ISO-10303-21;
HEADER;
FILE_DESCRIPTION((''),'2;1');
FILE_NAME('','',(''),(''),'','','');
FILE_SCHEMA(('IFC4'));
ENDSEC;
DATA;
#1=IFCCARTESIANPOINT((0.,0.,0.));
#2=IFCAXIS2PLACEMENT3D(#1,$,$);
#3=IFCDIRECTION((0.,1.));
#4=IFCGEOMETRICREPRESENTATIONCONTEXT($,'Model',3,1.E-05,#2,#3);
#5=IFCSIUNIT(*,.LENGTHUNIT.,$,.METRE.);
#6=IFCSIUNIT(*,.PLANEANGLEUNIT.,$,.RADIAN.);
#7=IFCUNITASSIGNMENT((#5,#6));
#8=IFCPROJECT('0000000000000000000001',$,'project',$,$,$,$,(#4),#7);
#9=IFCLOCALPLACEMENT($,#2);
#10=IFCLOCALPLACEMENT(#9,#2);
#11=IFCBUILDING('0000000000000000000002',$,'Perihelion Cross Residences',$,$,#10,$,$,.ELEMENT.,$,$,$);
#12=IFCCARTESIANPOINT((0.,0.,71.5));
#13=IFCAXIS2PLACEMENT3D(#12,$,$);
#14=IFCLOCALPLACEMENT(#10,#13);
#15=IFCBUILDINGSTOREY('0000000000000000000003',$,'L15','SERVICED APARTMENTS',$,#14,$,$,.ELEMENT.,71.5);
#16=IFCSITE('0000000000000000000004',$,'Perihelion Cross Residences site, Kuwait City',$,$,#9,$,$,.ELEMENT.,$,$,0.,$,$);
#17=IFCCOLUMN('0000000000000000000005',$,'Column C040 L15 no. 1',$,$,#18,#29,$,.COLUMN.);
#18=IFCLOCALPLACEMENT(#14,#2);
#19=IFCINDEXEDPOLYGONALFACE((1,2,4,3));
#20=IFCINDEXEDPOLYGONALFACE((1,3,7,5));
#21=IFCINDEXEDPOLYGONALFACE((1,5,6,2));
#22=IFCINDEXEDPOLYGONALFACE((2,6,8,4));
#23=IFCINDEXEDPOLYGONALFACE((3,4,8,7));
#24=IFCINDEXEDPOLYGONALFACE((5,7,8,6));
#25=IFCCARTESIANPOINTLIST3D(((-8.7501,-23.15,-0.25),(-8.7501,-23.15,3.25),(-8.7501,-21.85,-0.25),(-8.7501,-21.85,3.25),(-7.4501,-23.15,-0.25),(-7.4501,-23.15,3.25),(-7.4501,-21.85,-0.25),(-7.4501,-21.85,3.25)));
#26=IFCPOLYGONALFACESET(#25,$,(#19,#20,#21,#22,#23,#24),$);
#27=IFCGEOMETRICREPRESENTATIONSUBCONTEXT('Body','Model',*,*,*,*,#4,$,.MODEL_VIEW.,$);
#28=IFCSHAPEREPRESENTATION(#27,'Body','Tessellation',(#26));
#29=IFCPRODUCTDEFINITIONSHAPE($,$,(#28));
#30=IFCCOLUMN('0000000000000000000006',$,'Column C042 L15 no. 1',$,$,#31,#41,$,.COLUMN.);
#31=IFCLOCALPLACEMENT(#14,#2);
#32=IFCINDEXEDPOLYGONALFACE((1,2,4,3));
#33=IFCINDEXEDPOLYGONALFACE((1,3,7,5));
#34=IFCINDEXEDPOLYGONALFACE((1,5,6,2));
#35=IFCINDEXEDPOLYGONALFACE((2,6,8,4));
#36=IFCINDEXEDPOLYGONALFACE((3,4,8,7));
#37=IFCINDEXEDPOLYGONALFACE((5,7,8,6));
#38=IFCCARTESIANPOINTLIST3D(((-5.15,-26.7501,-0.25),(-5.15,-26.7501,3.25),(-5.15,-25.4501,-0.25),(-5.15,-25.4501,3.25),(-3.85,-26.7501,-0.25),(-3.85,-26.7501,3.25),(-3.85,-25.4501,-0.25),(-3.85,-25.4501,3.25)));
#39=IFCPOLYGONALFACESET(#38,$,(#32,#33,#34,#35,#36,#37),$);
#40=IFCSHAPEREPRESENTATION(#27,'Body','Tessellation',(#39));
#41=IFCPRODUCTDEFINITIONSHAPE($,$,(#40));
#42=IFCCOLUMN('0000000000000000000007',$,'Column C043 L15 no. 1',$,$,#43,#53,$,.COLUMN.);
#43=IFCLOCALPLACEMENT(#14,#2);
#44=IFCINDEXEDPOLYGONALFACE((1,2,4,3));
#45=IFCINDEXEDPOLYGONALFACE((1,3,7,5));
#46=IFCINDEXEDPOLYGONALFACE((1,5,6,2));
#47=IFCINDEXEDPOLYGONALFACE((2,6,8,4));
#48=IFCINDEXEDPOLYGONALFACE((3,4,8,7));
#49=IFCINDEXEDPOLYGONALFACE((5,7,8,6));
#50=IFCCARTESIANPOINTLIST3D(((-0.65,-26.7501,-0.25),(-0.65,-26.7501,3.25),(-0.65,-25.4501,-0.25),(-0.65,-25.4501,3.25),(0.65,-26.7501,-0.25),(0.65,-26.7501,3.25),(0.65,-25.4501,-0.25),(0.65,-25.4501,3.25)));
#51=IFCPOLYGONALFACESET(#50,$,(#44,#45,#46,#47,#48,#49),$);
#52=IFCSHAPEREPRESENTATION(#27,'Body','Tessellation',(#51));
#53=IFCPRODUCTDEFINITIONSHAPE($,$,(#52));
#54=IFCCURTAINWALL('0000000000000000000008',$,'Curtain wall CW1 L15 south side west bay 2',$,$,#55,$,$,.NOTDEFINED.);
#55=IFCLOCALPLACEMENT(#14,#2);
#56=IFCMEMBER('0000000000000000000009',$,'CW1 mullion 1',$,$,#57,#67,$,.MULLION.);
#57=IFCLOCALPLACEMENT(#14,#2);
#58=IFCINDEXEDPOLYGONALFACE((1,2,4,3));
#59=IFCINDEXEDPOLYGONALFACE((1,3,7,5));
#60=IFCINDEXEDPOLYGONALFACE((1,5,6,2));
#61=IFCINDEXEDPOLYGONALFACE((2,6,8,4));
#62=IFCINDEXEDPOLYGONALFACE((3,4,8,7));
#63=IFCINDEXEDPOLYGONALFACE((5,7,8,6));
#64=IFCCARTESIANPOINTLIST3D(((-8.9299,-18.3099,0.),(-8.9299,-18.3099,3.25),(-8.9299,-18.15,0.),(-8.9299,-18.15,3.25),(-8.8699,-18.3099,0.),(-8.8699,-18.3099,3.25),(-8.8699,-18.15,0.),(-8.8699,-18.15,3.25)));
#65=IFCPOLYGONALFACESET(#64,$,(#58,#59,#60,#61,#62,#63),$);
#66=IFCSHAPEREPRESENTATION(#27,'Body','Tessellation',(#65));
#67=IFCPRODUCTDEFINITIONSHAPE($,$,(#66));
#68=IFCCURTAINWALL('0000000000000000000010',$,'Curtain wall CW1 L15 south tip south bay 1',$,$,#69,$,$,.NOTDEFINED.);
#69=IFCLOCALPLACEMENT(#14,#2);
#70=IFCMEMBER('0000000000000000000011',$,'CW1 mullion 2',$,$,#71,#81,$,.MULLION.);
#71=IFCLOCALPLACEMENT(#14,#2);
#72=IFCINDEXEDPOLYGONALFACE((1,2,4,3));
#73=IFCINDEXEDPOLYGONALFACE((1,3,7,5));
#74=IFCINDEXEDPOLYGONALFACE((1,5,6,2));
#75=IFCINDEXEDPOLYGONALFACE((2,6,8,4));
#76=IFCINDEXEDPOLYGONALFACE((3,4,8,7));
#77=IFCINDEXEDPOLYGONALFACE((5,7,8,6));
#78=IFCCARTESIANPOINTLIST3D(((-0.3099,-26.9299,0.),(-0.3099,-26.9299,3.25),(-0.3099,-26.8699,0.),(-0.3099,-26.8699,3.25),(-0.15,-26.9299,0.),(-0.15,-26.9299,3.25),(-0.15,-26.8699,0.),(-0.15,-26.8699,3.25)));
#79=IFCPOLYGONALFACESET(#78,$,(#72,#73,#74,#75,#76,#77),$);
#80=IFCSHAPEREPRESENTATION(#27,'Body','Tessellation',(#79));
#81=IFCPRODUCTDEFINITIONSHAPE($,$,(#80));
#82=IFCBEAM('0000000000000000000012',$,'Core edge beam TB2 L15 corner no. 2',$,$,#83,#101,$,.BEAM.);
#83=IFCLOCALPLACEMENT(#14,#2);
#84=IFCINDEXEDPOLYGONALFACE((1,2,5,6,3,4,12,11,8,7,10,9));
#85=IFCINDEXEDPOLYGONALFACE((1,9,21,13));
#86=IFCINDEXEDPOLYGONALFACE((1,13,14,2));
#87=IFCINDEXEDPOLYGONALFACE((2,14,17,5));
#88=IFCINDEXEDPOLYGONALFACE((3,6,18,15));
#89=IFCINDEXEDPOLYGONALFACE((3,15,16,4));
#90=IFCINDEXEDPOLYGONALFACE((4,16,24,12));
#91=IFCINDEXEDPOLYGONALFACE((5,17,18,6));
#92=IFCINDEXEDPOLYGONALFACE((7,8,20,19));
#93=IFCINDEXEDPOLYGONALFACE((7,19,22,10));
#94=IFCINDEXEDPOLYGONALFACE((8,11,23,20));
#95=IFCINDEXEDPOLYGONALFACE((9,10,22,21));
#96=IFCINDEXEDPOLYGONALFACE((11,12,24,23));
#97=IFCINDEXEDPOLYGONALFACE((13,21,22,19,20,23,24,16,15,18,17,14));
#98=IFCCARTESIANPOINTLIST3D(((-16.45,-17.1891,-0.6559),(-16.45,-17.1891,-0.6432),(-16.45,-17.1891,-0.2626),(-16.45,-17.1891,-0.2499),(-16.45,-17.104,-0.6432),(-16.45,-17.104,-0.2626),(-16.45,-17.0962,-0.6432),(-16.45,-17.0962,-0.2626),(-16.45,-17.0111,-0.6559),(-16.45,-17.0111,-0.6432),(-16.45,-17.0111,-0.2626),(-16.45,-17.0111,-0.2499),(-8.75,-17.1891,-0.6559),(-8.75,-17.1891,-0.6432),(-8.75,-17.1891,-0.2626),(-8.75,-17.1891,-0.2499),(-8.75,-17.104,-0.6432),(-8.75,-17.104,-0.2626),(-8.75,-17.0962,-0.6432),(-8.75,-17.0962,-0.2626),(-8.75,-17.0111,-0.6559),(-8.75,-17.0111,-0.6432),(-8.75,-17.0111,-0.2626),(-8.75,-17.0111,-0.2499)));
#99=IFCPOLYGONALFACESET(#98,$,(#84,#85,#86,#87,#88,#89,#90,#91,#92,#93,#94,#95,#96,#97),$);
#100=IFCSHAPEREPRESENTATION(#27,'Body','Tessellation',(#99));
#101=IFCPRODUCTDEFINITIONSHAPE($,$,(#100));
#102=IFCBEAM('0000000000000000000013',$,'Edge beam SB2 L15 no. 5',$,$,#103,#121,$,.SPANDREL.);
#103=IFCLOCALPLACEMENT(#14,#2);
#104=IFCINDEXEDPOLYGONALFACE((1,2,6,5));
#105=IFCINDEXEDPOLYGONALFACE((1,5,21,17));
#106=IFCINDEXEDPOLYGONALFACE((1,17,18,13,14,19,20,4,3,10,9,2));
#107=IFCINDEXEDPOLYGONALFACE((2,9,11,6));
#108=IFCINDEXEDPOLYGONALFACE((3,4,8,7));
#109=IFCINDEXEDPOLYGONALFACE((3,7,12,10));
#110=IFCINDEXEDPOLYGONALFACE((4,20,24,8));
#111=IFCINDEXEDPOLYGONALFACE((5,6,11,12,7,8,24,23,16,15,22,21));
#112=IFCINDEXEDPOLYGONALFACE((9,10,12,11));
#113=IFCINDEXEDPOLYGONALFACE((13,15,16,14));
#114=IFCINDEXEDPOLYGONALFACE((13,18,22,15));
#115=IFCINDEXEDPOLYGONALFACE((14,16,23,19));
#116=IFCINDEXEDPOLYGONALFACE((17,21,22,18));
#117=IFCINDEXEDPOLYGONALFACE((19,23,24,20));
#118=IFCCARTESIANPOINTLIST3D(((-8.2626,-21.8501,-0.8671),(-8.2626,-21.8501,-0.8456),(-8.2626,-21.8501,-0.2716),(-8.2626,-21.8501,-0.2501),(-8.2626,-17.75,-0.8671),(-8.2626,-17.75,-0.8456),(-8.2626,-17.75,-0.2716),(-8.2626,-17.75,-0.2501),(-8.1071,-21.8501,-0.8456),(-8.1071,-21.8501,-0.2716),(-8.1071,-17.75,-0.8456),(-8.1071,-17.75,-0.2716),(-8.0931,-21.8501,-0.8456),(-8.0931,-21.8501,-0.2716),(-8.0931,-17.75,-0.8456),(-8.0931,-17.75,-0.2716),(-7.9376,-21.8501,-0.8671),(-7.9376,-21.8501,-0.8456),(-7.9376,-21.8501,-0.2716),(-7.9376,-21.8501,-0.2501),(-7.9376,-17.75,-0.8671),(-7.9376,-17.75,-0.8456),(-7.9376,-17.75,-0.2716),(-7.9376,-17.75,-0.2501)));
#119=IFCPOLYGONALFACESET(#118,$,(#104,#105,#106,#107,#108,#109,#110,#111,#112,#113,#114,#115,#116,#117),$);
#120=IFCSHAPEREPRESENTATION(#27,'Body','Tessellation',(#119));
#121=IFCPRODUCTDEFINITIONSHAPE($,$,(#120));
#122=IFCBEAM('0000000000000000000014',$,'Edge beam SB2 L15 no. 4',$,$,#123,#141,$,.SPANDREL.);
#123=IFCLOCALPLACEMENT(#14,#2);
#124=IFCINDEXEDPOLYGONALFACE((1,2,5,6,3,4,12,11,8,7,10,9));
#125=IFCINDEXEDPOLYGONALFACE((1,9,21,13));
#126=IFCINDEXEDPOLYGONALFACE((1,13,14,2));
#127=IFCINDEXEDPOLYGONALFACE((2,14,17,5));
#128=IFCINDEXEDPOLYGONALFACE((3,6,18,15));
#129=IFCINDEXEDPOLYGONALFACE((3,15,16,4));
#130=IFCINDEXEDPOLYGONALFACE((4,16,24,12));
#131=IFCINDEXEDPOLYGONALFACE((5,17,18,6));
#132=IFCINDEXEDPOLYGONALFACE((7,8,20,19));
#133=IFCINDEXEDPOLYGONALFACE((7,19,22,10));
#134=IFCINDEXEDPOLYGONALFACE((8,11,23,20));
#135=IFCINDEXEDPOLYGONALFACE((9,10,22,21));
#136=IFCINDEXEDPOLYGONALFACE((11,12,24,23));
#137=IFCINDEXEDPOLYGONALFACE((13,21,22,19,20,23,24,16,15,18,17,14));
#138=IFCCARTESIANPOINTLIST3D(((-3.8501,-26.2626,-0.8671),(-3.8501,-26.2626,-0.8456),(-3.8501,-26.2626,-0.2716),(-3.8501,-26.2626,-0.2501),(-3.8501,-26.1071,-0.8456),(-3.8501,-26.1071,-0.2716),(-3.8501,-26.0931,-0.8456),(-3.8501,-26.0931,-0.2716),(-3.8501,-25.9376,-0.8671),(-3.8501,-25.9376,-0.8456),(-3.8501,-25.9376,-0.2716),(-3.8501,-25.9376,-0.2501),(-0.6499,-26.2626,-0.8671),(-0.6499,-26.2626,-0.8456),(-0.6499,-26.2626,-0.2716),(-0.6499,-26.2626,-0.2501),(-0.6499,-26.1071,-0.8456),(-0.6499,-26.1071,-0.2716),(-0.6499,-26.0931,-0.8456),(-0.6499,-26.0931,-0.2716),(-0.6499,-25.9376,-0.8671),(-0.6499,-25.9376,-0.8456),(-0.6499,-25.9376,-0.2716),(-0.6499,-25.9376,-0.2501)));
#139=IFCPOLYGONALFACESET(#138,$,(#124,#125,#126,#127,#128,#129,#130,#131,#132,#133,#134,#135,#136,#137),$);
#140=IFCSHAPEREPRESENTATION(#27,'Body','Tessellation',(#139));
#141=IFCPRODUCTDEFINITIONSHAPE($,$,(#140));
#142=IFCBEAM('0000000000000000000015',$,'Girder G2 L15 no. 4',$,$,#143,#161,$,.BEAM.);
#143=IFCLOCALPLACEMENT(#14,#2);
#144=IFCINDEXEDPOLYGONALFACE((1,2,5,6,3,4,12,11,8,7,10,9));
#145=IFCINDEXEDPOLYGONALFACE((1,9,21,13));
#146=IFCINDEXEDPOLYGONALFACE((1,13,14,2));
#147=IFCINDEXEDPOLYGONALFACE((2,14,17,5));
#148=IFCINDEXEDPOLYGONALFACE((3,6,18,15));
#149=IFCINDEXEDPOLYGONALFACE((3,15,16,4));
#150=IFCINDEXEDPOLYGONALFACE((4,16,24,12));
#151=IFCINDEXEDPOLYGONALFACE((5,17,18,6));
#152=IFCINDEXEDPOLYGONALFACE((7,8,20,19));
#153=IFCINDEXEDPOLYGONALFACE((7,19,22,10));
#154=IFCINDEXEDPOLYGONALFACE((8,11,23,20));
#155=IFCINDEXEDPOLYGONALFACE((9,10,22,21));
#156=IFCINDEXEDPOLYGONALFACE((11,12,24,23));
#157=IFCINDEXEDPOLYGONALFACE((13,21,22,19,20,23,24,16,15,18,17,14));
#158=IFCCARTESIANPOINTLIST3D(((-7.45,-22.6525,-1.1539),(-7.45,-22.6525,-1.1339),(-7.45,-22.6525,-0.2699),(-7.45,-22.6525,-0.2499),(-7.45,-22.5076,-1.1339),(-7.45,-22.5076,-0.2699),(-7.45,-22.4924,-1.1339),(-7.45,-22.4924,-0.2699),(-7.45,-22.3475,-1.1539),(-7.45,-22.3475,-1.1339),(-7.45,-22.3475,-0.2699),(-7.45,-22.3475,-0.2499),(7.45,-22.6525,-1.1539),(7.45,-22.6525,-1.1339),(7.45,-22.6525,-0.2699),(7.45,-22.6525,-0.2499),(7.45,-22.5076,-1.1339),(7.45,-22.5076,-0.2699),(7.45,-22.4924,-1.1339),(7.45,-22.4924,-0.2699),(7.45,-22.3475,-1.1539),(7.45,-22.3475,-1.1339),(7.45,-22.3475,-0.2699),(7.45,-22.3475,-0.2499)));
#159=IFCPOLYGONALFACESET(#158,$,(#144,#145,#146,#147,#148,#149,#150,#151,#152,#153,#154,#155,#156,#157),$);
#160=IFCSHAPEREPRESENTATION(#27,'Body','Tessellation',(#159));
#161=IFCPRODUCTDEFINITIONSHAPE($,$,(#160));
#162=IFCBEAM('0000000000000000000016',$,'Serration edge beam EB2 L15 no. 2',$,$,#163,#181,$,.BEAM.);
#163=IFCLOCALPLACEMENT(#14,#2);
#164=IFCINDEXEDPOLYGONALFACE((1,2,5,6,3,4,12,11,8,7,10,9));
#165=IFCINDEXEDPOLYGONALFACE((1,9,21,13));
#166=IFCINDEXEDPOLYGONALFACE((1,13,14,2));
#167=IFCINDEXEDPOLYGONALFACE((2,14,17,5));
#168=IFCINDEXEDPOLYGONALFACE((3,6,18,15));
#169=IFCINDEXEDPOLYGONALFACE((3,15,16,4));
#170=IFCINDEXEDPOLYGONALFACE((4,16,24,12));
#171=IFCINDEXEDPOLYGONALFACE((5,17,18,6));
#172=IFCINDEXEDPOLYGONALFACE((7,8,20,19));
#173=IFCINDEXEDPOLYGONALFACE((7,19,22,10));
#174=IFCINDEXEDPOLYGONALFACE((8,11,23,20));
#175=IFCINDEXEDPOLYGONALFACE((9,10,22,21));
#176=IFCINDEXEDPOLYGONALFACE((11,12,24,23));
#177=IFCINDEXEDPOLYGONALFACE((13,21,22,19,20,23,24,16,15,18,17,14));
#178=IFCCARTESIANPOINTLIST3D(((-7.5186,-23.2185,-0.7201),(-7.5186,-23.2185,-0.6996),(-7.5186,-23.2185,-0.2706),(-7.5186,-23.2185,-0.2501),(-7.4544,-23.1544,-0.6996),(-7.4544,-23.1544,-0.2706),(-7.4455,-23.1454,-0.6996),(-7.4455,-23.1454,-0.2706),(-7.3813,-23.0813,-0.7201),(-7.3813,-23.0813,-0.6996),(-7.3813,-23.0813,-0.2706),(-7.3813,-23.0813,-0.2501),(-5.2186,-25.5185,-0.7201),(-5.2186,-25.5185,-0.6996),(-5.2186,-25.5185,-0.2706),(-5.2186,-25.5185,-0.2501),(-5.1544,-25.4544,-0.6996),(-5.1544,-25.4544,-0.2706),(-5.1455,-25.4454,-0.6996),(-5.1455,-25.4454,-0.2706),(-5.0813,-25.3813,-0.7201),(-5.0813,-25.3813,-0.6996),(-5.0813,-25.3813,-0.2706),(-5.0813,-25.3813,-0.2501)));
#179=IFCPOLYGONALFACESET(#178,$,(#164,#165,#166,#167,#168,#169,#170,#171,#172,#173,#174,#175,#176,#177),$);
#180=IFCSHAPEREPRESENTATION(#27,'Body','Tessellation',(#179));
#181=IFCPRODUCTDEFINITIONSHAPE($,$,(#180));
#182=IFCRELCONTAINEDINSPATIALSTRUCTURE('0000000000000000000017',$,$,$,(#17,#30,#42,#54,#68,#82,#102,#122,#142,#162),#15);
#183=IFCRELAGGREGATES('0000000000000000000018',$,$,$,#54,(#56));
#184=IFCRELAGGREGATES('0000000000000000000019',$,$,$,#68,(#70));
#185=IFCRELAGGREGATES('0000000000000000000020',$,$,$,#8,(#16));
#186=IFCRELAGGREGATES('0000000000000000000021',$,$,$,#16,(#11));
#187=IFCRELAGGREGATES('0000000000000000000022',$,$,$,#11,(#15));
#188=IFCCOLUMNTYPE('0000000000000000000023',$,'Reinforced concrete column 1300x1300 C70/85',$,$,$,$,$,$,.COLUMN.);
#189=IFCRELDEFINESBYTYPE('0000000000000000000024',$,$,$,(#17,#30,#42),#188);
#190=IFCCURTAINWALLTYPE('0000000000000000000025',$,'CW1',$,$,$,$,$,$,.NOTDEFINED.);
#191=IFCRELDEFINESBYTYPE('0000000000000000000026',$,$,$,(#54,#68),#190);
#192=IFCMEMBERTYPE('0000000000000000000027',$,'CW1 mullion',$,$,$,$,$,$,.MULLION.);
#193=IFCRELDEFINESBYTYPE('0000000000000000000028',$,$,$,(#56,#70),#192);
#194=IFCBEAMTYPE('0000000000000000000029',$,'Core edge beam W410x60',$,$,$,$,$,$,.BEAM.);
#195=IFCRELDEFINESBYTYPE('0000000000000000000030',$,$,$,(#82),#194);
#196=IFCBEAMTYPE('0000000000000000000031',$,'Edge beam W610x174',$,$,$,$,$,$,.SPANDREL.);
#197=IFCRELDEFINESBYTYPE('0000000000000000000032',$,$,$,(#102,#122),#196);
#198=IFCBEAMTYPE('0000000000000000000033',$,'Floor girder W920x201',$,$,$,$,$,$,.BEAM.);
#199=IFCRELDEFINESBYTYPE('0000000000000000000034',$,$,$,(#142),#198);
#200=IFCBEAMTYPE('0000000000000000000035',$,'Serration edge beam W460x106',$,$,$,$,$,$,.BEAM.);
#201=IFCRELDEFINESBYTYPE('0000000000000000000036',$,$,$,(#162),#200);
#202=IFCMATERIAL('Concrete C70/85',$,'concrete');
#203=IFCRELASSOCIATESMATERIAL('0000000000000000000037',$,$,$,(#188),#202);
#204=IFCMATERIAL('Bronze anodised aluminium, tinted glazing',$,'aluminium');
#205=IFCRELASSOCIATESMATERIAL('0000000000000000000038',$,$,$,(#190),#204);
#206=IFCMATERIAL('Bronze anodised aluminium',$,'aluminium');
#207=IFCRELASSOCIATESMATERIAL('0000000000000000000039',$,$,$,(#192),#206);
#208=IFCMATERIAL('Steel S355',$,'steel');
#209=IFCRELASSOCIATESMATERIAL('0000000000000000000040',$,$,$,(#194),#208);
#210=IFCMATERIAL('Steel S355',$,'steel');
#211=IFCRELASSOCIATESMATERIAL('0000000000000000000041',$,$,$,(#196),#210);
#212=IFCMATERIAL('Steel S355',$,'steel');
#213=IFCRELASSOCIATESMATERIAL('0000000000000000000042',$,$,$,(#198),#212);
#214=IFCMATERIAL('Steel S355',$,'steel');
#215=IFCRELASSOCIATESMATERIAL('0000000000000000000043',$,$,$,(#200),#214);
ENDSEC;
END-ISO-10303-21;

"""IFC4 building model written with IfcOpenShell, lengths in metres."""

from ifc_helpers import new_model, si_unit, direction, frame, origin, origin_2d, place, context, subcontext, project, spatial, rectangle, i_section, extrude, material, material_profile, profile_set, type_object, element, aggregate, save


model = new_model("IFC4")

# Units and contexts
model_context = context("Model", 3, precision=1e-05, world=origin(), true_north=direction((0.0, 1.0)))
body_context = subcontext(model_context, "Body", "Model", "MODEL_VIEW")
ifc_project = project(units=[si_unit("LENGTHUNIT", "METRE"), si_unit("PLANEANGLEUNIT", "RADIAN")], contexts=[model_context])

# Site, building, storey
site_placement = place(None, origin())
site = spatial("IfcSite", under=ifc_project, at=site_placement, Name="Perihelion Cross Residences site, Kuwait City", CompositionType="ELEMENT", RefElevation=0.0)
building_placement = place(site_placement, origin())
building = spatial("IfcBuilding", under=site, at=building_placement, Name="Perihelion Cross Residences", CompositionType="ELEMENT")
storey_placement = place(building_placement, frame((0.0, 0.0, 71.5)))
storey = spatial("IfcBuildingStorey", under=building, at=storey_placement, Name="L15", Description="SERVICED APARTMENTS", CompositionType="ELEMENT", Elevation=71.5)

# Columns
ifc_material_1 = material(Name="Concrete C70/85", Category="concrete")
ifc_material_profile_1 = material_profile(ifc_material_1, rectangle(XDim=1.3, YDim=1.3, at=origin_2d()), Name="RC 1300x1300")
ifc_profile_set_1 = profile_set([ifc_material_profile_1], Name="Concrete C70/85")
column_type = type_object("IfcColumnType", Name="Reinforced concrete column 1300x1300 C70/85", PredefinedType="COLUMN", material=ifc_profile_set_1)
for number, where, z_axis, x_axis, name in (
    (1, (-8.1001, -22.5, -0.25), (0.0, 0.0, 1.0), (1.0, 0.0, 0.0), "Column C040 L15 no. 1"),
    (2, (-4.5, -26.1001, -0.25), (0.0, 0.0, 1.0), (1.0, 0.0, 0.0), "Column C042 L15 no. 1"),
    (3, (0.0, -26.1001, -0.25), (0.0, 0.0, 1.0), (1.0, 0.0, 0.0), "Column C043 L15 no. 1"),
):
    element("IfcColumn", number, at=place(storey_placement, frame(where, z_axis=z_axis, x_axis=x_axis)), inside=storey, type_object=column_type, Name=name, PredefinedType="COLUMN", context=body_context, shape_type="SweptSolid", body=[
        extrude(rectangle(XDim=1.3, YDim=1.3, at=origin_2d()), origin(), (0.0, 0.0, 1.0), 3.5),
    ])

# Curtain walls, members
ifc_material_2 = material(Name="Bronze anodised aluminium, tinted glazing", Category="aluminium")
curtain_wall_type = type_object("IfcCurtainWallType", Name="CW1", PredefinedType="NOTDEFINED", material=ifc_material_2)
curtain_wall_1_placement = place(storey_placement, origin())
curtain_wall_1 = element("IfcCurtainWall", 4, at=curtain_wall_1_placement, inside=storey, type_object=curtain_wall_type, Name="Curtain wall CW1 L15 south side west bay 2", PredefinedType="NOTDEFINED")
ifc_material_3 = material(Name="Bronze anodised aluminium", Category="aluminium")
ifc_material_profile_2 = material_profile(ifc_material_3, rectangle(XDim=0.0601, YDim=0.1599, at=origin_2d()), Name="CW1 mullion")
ifc_profile_set_2 = profile_set([ifc_material_profile_2], Name="Bronze anodised aluminium")
member_type = type_object("IfcMemberType", Name="CW1 mullion", PredefinedType="MULLION", material=ifc_profile_set_2)
member_1_placement = place(storey_placement, frame((-8.8999, -18.23, 0.0), z_axis=(0.0, 0.0, 1.0), x_axis=(1.0, 0.0, 0.0)))
member_1 = element("IfcMember", 5, at=member_1_placement, type_object=member_type, Name="CW1 mullion 1", PredefinedType="MULLION", context=body_context, shape_type="SweptSolid", body=[
    extrude(rectangle(XDim=0.0601, YDim=0.1599, at=origin_2d()), origin(), (0.0, 0.0, 1.0), 3.25),
])
curtain_wall_2_placement = place(storey_placement, origin())
curtain_wall_2 = element("IfcCurtainWall", 6, at=curtain_wall_2_placement, inside=storey, type_object=curtain_wall_type, Name="Curtain wall CW1 L15 south tip south bay 1", PredefinedType="NOTDEFINED")
member_2_placement = place(storey_placement, frame((-0.23, -26.8999, 0.0), z_axis=(0.0, 0.0, 1.0), x_axis=(0.0, 1.0, 0.0)))
member_2 = element("IfcMember", 7, at=member_2_placement, type_object=member_type, Name="CW1 mullion 2", PredefinedType="MULLION", context=body_context, shape_type="SweptSolid", body=[
    extrude(rectangle(XDim=0.0601, YDim=0.1599, at=origin_2d()), origin(), (0.0, 0.0, 1.0), 3.25),
])

# Beams
ifc_material_4 = material(Name="Steel S355", Category="steel")
ifc_material_profile_3 = material_profile(ifc_material_4, i_section(OverallWidth=0.178, OverallDepth=0.406, WebThickness=0.0078, FlangeThickness=0.0127, at=origin_2d()), Name="W410x60")
ifc_profile_set_3 = profile_set([ifc_material_profile_3], Name="Steel S355")
beam_type_1 = type_object("IfcBeamType", Name="Core edge beam W410x60", PredefinedType="BEAM", material=ifc_profile_set_3)
beam_1_placement = place(storey_placement, frame((-8.75, -17.1001, -0.4529), z_axis=(-1.0, 0.0, 0.0), x_axis=(0.0, -1.0, 0.0)))
element("IfcBeam", 8, at=beam_1_placement, inside=storey, type_object=beam_type_1, Name="Core edge beam TB2 L15 corner no. 2", PredefinedType="BEAM", context=body_context, shape_type="SweptSolid", body=[
    extrude(i_section(OverallWidth=0.178, OverallDepth=0.406, WebThickness=0.0078, FlangeThickness=0.0127, at=origin_2d()), origin(), (0.0, 0.0, 1.0), 7.7),
])
ifc_material_5 = material(Name="Steel S355", Category="steel")
ifc_material_profile_4 = material_profile(ifc_material_5, i_section(OverallWidth=0.325, OverallDepth=0.6169, WebThickness=0.0139, FlangeThickness=0.0215, at=origin_2d()), Name="W610x174")
ifc_profile_set_4 = profile_set([ifc_material_profile_4], Name="Steel S355")
beam_type_2 = type_object("IfcBeamType", Name="Edge beam W610x174", PredefinedType="SPANDREL", material=ifc_profile_set_4)
beam_2_placement = place(storey_placement, frame((-8.1001, -17.75, -0.5586), z_axis=(0.0, -1.0, 0.0), x_axis=(1.0, 0.0, 0.0)))
element("IfcBeam", 9, at=beam_2_placement, inside=storey, type_object=beam_type_2, Name="Edge beam SB2 L15 no. 5", PredefinedType="SPANDREL", context=body_context, shape_type="SweptSolid", body=[
    extrude(i_section(OverallWidth=0.325, OverallDepth=0.6169, WebThickness=0.0139, FlangeThickness=0.0215, at=origin_2d()), origin(), (0.0, 0.0, 1.0), 4.1001),
])
beam_3_placement = place(storey_placement, frame((-3.8501, -26.1001, -0.5586), z_axis=(1.0, 0.0, 0.0), x_axis=(0.0, 1.0, 0.0)))
element("IfcBeam", 10, at=beam_3_placement, inside=storey, type_object=beam_type_2, Name="Edge beam SB2 L15 no. 4", PredefinedType="SPANDREL", context=body_context, shape_type="SweptSolid", body=[
    extrude(i_section(OverallWidth=0.325, OverallDepth=0.6169, WebThickness=0.0139, FlangeThickness=0.0215, at=origin_2d()), origin(), (0.0, 0.0, 1.0), 3.2002),
])
ifc_material_6 = material(Name="Steel S355", Category="steel")
ifc_material_profile_5 = material_profile(ifc_material_6, i_section(OverallWidth=0.3049, OverallDepth=0.9041, WebThickness=0.0151, FlangeThickness=0.02, at=origin_2d()), Name="W920x201")
ifc_profile_set_5 = profile_set([ifc_material_profile_5], Name="Steel S355")
beam_type_3 = type_object("IfcBeamType", Name="Floor girder W920x201", PredefinedType="BEAM", material=ifc_profile_set_5)
beam_4_placement = place(storey_placement, frame((-7.45, -22.5, -0.7019), z_axis=(1.0, 0.0, 0.0), x_axis=(0.0, 1.0, 0.0)))
element("IfcBeam", 11, at=beam_4_placement, inside=storey, type_object=beam_type_3, Name="Girder G2 L15 no. 4", PredefinedType="BEAM", context=body_context, shape_type="SweptSolid", body=[
    extrude(i_section(OverallWidth=0.3049, OverallDepth=0.9041, WebThickness=0.0151, FlangeThickness=0.02, at=origin_2d()), origin(), (0.0, 0.0, 1.0), 14.8999),
])
ifc_material_7 = material(Name="Steel S355", Category="steel")
ifc_material_profile_6 = material_profile(ifc_material_7, i_section(OverallWidth=0.1941, OverallDepth=0.47, WebThickness=0.0127, FlangeThickness=0.0205, at=origin_2d()), Name="W460x106")
ifc_profile_set_6 = profile_set([ifc_material_profile_6], Name="Steel S355")
beam_type_4 = type_object("IfcBeamType", Name="Serration edge beam W460x106", PredefinedType="BEAM", material=ifc_profile_set_6)
beam_5_placement = place(storey_placement, frame((-7.45, -23.1499, -0.4851), z_axis=(0.707107, -0.707107, 0.0), x_axis=(0.707107, 0.707107, 0.0)))
element("IfcBeam", 12, at=beam_5_placement, inside=storey, type_object=beam_type_4, Name="Serration edge beam EB2 L15 no. 2", PredefinedType="BEAM", context=body_context, shape_type="SweptSolid", body=[
    extrude(i_section(OverallWidth=0.1941, OverallDepth=0.47, WebThickness=0.0127, FlangeThickness=0.0205, at=origin_2d()), origin(), (0.0, 0.0, 1.0), 3.2527),
])

aggregate(curtain_wall_1, [member_1])
aggregate(curtain_wall_2, [member_2])

save(model, "model.ifc")
